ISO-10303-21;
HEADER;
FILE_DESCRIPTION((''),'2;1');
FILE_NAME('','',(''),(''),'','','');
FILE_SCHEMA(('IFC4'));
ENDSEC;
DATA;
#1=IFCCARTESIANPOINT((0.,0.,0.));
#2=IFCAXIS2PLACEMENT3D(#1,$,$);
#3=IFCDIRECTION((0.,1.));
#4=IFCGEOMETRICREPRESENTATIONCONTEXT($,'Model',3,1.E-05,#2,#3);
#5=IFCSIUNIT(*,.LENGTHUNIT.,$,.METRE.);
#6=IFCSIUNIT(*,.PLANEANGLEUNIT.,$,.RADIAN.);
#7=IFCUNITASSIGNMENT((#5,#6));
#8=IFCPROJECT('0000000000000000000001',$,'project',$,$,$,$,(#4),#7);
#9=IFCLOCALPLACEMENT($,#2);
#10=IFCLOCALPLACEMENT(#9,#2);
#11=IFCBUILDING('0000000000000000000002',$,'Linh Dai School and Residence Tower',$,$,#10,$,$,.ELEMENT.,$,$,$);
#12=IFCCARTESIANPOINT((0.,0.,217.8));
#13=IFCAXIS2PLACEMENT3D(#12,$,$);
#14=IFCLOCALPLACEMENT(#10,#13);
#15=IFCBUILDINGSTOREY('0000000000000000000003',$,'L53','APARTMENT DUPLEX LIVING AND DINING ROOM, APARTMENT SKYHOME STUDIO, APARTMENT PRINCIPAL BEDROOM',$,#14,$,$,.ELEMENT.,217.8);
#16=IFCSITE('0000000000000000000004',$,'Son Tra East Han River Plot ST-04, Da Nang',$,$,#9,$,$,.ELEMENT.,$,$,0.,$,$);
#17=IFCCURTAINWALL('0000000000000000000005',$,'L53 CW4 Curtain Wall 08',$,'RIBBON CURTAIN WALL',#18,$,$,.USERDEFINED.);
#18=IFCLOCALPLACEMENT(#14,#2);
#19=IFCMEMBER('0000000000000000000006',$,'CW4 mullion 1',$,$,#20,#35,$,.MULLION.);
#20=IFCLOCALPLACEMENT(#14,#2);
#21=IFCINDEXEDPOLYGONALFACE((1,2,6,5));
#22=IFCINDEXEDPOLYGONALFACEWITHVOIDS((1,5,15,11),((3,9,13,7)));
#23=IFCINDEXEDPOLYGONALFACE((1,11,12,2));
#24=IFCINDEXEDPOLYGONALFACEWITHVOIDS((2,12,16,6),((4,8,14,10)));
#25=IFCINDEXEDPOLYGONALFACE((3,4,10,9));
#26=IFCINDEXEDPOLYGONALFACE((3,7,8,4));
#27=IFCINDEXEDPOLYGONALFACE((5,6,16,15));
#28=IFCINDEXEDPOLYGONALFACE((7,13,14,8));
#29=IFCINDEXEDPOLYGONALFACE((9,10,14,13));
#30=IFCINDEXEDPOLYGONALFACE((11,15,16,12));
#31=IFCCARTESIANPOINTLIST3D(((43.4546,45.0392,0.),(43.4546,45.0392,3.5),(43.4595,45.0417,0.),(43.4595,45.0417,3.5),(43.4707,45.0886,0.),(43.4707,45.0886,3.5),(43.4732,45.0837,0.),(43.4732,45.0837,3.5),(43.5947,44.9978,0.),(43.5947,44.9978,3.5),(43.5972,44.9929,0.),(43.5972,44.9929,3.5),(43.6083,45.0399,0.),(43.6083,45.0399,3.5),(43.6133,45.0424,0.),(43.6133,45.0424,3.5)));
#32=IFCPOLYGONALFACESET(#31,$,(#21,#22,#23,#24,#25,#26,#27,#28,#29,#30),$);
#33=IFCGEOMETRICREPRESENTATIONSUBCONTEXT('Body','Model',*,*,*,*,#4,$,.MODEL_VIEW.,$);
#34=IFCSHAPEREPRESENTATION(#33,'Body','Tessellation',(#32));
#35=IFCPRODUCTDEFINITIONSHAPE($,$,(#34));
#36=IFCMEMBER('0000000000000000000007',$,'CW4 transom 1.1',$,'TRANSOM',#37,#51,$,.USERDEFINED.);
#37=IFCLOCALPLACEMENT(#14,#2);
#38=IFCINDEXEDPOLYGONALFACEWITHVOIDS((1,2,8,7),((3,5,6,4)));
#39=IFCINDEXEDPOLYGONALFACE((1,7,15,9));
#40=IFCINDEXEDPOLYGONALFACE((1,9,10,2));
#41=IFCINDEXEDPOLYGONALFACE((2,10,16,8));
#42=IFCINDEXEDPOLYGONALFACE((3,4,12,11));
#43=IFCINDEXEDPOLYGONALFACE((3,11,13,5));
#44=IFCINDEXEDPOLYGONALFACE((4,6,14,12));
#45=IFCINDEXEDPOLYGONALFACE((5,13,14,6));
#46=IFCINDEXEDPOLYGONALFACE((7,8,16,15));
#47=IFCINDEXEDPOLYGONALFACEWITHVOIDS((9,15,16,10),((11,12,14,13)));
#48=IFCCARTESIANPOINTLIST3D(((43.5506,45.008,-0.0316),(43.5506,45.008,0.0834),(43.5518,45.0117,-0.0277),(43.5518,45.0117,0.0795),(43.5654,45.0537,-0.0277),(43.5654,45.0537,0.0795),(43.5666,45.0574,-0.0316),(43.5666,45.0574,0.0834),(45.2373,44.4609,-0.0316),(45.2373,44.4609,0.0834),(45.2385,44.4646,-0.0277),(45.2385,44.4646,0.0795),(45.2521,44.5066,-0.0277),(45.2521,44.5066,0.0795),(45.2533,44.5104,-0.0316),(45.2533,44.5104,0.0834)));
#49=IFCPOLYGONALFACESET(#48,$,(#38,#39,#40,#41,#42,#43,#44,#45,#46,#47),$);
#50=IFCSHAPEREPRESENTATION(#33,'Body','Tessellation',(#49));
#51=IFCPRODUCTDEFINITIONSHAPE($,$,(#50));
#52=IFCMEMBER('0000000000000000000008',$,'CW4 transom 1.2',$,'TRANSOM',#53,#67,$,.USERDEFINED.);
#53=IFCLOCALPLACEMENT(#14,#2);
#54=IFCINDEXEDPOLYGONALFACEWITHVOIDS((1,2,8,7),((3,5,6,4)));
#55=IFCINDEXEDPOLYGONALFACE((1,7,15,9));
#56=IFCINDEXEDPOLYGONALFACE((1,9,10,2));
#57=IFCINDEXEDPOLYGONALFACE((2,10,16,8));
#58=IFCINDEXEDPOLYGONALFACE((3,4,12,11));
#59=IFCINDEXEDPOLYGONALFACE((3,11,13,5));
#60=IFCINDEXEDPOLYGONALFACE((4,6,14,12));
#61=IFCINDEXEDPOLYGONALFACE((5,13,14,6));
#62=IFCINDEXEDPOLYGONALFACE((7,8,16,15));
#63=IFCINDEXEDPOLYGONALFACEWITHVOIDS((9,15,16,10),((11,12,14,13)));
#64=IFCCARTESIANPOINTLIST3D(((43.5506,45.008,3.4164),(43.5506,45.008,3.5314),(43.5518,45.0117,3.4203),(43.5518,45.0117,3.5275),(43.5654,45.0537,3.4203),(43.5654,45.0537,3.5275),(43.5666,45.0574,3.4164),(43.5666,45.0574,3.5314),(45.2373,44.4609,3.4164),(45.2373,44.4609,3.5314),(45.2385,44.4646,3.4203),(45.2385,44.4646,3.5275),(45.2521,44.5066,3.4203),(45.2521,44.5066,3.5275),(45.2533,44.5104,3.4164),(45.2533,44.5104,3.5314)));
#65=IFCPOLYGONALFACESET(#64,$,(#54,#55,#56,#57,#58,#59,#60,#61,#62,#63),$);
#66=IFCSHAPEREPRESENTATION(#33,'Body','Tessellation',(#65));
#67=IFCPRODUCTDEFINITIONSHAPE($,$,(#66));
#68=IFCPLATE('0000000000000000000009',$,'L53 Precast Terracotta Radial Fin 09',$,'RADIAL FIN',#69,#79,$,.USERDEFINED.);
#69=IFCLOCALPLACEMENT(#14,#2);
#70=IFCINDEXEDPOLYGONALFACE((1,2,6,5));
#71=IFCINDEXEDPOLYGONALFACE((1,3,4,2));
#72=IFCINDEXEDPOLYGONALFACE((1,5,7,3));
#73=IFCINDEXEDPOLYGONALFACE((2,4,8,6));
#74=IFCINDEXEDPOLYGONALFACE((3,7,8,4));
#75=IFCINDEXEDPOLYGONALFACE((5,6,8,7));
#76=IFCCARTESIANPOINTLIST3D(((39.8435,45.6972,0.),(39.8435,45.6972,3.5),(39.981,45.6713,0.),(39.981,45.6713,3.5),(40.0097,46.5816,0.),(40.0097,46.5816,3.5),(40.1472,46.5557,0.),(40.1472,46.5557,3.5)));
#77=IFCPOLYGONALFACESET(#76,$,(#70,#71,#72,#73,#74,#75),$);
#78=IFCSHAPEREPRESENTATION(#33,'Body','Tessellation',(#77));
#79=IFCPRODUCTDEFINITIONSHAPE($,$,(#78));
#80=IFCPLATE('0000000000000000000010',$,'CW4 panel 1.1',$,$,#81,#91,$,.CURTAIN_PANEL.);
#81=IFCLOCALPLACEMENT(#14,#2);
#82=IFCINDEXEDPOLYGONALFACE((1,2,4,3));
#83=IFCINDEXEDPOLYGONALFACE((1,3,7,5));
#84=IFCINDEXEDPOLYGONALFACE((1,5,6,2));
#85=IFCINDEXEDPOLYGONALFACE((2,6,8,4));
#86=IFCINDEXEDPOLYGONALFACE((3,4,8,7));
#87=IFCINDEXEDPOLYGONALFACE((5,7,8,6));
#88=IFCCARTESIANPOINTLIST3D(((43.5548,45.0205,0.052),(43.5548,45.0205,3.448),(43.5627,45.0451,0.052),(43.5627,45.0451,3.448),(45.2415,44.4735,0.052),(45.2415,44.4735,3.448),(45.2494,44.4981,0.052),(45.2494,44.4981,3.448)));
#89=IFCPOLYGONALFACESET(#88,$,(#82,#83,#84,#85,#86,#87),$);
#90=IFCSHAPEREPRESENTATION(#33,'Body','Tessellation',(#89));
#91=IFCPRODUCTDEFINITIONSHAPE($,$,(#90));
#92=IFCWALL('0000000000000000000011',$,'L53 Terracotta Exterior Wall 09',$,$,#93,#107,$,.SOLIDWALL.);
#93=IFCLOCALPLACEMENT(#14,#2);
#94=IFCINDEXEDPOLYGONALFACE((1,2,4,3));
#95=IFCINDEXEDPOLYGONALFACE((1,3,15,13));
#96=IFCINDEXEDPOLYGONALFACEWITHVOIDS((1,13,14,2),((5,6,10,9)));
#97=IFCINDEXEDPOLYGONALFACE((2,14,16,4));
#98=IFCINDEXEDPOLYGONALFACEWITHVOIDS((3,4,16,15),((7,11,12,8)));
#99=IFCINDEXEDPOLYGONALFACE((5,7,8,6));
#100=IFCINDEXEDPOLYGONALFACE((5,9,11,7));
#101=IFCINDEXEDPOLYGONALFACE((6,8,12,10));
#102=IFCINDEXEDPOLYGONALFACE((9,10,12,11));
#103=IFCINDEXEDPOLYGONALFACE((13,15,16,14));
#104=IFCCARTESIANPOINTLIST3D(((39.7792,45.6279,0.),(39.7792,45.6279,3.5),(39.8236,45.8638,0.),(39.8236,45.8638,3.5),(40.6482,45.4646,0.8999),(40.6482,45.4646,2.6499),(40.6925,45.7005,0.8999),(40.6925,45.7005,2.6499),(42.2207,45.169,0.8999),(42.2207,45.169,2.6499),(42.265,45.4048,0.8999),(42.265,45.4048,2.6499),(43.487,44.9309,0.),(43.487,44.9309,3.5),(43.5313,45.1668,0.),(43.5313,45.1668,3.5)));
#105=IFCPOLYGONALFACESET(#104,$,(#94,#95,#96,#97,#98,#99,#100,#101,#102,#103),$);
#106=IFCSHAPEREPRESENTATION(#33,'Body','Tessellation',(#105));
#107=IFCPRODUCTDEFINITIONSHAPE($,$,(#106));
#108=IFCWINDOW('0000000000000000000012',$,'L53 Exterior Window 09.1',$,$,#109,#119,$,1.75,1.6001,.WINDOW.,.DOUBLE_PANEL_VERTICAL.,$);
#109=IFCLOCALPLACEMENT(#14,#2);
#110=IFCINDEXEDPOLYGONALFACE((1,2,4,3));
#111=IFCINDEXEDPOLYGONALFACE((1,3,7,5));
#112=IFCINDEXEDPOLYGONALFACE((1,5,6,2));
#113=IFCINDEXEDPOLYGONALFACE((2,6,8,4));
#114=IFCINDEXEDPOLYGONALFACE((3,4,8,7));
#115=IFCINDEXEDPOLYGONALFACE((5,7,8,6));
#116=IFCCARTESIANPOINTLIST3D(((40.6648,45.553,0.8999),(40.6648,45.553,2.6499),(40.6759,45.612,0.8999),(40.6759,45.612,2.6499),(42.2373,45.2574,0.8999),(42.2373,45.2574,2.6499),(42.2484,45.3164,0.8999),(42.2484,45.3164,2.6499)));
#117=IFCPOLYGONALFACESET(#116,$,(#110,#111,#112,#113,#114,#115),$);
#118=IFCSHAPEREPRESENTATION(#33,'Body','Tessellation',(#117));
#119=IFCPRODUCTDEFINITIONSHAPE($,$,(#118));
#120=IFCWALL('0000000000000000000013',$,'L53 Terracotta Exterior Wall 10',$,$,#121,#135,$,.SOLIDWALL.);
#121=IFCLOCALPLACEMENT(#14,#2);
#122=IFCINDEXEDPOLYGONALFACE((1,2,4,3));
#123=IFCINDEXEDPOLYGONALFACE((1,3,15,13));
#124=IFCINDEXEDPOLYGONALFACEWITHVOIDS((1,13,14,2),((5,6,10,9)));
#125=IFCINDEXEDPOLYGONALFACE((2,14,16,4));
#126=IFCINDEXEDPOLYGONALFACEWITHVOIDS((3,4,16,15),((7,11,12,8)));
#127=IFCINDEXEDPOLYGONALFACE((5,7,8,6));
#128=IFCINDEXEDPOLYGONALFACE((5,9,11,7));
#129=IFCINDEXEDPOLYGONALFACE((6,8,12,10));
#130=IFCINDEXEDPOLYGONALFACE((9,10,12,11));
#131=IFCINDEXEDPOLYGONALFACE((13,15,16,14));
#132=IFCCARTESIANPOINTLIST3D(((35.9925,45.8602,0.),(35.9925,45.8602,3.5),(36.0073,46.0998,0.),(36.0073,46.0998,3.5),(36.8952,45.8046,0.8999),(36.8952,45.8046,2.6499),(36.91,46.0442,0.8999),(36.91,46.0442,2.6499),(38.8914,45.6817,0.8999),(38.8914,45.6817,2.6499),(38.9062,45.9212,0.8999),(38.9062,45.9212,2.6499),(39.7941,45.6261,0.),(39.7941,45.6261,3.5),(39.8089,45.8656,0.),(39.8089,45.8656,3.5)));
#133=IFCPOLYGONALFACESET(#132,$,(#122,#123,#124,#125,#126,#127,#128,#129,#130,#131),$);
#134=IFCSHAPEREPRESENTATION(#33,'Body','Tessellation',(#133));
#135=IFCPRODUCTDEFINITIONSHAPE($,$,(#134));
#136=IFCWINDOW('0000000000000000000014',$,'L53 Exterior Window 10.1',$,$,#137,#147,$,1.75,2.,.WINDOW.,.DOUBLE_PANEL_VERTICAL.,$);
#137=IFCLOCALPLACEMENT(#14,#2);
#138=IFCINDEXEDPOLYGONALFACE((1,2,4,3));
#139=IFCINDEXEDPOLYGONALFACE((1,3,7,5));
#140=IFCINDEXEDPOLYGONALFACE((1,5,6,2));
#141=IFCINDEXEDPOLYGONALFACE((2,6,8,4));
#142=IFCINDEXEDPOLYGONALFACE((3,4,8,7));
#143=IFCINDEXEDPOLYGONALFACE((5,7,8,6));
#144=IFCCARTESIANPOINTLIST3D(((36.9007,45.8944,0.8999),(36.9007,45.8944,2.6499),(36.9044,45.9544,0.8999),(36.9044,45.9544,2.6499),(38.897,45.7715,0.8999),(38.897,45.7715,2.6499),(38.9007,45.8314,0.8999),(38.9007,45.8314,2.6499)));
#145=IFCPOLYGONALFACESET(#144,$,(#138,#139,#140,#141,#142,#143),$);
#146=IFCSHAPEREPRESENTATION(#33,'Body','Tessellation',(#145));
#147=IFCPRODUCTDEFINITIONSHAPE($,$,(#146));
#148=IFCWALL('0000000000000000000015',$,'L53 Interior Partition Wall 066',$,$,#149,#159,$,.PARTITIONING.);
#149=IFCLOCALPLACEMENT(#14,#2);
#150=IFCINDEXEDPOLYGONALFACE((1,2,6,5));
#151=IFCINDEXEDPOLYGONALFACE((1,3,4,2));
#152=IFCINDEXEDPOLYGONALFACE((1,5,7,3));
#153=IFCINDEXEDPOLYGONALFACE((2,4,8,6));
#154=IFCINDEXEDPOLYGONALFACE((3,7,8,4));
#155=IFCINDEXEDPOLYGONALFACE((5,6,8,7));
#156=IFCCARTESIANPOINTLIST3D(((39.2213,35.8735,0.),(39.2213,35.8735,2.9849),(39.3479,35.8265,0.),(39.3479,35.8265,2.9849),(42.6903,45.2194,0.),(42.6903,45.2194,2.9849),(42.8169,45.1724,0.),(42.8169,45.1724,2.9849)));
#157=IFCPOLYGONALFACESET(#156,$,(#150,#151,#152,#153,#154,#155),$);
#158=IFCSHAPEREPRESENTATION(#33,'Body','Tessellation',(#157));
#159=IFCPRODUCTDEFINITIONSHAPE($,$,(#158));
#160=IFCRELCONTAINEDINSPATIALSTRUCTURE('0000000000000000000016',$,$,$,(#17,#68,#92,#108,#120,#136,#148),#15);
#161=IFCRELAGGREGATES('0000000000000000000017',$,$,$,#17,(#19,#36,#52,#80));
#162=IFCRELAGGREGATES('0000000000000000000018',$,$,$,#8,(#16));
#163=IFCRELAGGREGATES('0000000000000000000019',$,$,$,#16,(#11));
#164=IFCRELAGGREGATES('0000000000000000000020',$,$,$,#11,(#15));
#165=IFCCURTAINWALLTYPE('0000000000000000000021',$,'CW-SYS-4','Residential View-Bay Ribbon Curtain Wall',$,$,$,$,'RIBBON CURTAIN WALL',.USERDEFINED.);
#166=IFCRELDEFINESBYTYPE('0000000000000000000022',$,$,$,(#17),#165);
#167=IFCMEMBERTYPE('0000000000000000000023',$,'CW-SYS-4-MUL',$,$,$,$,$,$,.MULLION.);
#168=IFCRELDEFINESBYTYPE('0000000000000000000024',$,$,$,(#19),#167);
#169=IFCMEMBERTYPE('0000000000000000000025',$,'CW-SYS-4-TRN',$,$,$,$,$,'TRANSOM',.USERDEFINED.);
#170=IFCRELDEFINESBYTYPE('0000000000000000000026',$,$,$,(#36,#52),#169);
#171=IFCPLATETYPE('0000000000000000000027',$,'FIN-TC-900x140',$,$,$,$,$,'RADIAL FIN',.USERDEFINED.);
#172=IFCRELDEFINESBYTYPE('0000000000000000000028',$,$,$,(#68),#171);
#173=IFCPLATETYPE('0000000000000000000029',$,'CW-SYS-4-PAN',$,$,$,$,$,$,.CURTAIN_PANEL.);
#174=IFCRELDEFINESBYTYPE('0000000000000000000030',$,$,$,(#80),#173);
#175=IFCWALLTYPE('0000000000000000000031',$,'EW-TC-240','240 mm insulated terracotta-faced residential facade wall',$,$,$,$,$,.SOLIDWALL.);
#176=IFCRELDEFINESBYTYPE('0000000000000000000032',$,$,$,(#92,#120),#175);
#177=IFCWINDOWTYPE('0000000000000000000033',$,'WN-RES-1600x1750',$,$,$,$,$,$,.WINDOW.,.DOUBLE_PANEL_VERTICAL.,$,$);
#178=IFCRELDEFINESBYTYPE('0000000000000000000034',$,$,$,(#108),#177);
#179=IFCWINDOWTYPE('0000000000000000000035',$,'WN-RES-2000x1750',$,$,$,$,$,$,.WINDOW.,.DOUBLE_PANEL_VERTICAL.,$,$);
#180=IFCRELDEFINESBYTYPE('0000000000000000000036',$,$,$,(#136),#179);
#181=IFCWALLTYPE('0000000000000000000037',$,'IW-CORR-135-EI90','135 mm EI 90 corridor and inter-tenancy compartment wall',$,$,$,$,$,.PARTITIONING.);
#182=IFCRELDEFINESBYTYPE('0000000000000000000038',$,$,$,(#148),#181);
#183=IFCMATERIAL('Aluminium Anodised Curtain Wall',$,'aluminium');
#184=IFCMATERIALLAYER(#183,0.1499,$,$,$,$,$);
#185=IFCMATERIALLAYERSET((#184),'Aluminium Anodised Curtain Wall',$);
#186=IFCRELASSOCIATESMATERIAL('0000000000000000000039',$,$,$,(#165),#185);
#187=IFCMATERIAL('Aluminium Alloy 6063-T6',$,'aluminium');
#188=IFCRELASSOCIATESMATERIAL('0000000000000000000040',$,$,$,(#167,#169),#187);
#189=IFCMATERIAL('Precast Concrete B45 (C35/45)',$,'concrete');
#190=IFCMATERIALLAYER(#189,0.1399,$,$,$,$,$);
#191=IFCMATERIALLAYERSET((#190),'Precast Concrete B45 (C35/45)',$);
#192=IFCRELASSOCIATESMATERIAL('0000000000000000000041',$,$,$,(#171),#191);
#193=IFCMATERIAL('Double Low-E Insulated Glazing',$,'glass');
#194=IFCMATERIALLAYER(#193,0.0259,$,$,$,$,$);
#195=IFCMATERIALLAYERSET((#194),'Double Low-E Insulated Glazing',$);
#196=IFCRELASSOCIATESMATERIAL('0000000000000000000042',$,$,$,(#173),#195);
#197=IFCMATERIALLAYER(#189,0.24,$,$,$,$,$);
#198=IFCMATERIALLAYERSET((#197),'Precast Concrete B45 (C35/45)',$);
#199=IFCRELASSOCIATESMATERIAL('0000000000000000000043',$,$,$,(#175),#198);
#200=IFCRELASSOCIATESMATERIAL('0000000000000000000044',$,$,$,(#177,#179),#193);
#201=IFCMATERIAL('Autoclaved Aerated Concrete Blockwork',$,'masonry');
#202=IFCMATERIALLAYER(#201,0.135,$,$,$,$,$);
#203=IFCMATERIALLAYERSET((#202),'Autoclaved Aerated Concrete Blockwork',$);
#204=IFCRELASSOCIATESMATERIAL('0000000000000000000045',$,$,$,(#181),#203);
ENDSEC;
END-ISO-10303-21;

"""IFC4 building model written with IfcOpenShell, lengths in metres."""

from ifc_helpers import new_model, si_unit, direction, frame, frame_2d, origin, origin_2d, place, context, subcontext, project, spatial, rectangle, hollow_rectangle, extrude, source, transform, mapped, material, layer, layer_set, material_profile, profile_set, type_object, element, fill, aggregate, save


model = new_model("IFC4")

# Units and contexts
model_context = context("Model", 3, precision=1e-05, world=origin(), true_north=direction((0.0, 1.0)))
body_context = subcontext(model_context, "Body", "Model", "MODEL_VIEW")
ifc_project = project(units=[si_unit("LENGTHUNIT", "METRE"), si_unit("PLANEANGLEUNIT", "RADIAN")], contexts=[model_context])

# Site, building, storey
site_placement = place(None, origin())
site = spatial("IfcSite", under=ifc_project, at=site_placement, Name="Son Tra East Han River Plot ST-04, Da Nang", CompositionType="ELEMENT", RefElevation=0.0)
building_placement = place(site_placement, origin())
building = spatial("IfcBuilding", under=site, at=building_placement, Name="Linh Dai School and Residence Tower", CompositionType="ELEMENT")
storey_placement = place(building_placement, frame((0.0, 0.0, 217.8)))
storey = spatial("IfcBuildingStorey", under=building, at=storey_placement, Name="L53", Description="APARTMENT DUPLEX LIVING AND DINING ROOM, APARTMENT SKYHOME STUDIO, APARTMENT PRINCIPAL BEDROOM", CompositionType="ELEMENT", Elevation=217.8)

# Curtain wall, members
ifc_material_1 = material(Name="Aluminium Anodised Curtain Wall", Category="aluminium")
ifc_layer_1 = layer(ifc_material_1, 0.1499)
ifc_layer_set_1 = layer_set([ifc_layer_1], Name="Aluminium Anodised Curtain Wall")
curtain_wall_type = type_object("IfcCurtainWallType", Name="CW-SYS-4", Description="Residential View-Bay Ribbon Curtain Wall", ElementType="RIBBON CURTAIN WALL", PredefinedType="USERDEFINED", material=ifc_layer_set_1)
curtain_wall_placement = place(storey_placement, origin())
curtain_wall = element("IfcCurtainWall", 1, at=curtain_wall_placement, inside=storey, type_object=curtain_wall_type, Name="L53 CW4 Curtain Wall 08", ObjectType="RIBBON CURTAIN WALL", PredefinedType="USERDEFINED")
ifc_material_2 = material(Name="Aluminium Alloy 6063-T6", Category="aluminium")
ifc_material_profile_1 = material_profile(ifc_material_2, hollow_rectangle(XDim=0.052, YDim=0.1499, WallThickness=0.0039, at=origin_2d()), Name="RHS 150x52x4")
ifc_profile_set_1 = profile_set([ifc_material_profile_1], Name="Aluminium Alloy 6063-T6")
member_type_1 = type_object("IfcMemberType", Name="CW-SYS-4-MUL", PredefinedType="MULLION", material=ifc_profile_set_1)
shared_shape_1 = source(origin(), body_context, "Body", "SweptSolid", [
    extrude(hollow_rectangle(XDim=0.052, YDim=0.1499, WallThickness=0.0039, at=origin_2d()), origin(), (0.0, 0.0, 1.0), 3.5),
])
member_1_placement = place(storey_placement, frame((43.5339, 45.0408, 0.0), z_axis=(0.0, 0.0, 1.0), x_axis=(0.308501, 0.951224, 0.0)))
member_1 = element("IfcMember", 2, at=member_1_placement, type_object=member_type_1, Name="CW4 mullion 1", PredefinedType="MULLION", context=body_context, shape_type="MappedRepresentation", body=[
    mapped(shared_shape_1, transform((0.0, 0.0, 0.0), x_axis=(1.0, 0.0, 0.0), y_axis=(0.0, 1.0, 0.0), z_axis=(0.0, 0.0, 1.0), scale=1.0)),
])
ifc_material_profile_2 = material_profile(ifc_material_2, hollow_rectangle(XDim=0.052, YDim=0.115, WallThickness=0.0039, at=origin_2d()), Name="RHS 115x52x4")
ifc_profile_set_2 = profile_set([ifc_material_profile_2], Name="Aluminium Alloy 6063-T6")
member_type_2 = type_object("IfcMemberType", Name="CW-SYS-4-TRN", ElementType="TRANSOM", PredefinedType="USERDEFINED", material=ifc_profile_set_2)
shared_shape_2 = source(origin(), body_context, "Body", "SweptSolid", [
    extrude(hollow_rectangle(XDim=0.052, YDim=0.115, WallThickness=0.0039, at=origin_2d()), origin(), (0.0, 0.0, 1.0), 1.7732),
])
member_2_placement = place(storey_placement, frame((43.5586, 45.0327, 0.0259), z_axis=(0.951213, -0.308535, 0.0), x_axis=(0.308535, 0.951213, 0.0)))
member_2 = element("IfcMember", 3, at=member_2_placement, type_object=member_type_2, Name="CW4 transom 1.1", ObjectType="TRANSOM", PredefinedType="USERDEFINED", context=body_context, shape_type="MappedRepresentation", body=[
    mapped(shared_shape_2, transform((0.0, 0.0, 0.0), x_axis=(1.0, 0.0, 0.0), y_axis=(0.0, 1.0, 0.0), z_axis=(0.0, 0.0, 1.0), scale=1.0)),
])
member_3_placement = place(storey_placement, frame((43.5586, 45.0327, 3.4739), z_axis=(0.951213, -0.308535, 0.0), x_axis=(0.308535, 0.951213, 0.0)))
member_3 = element("IfcMember", 4, at=member_3_placement, type_object=member_type_2, Name="CW4 transom 1.2", ObjectType="TRANSOM", PredefinedType="USERDEFINED", context=body_context, shape_type="MappedRepresentation", body=[
    mapped(shared_shape_2, transform((0.0, 0.0, 0.0), x_axis=(1.0, 0.0, 0.0), y_axis=(0.0, 1.0, 0.0), z_axis=(0.0, 0.0, 1.0), scale=1.0)),
])

# Plates
ifc_material_3 = material(Name="Precast Concrete B45 (C35/45)", Category="concrete")
ifc_layer_2 = layer(ifc_material_3, 0.1399)
ifc_layer_set_2 = layer_set([ifc_layer_2], Name="Precast Concrete B45 (C35/45)")
plate_type_1 = type_object("IfcPlateType", Name="FIN-TC-900x140", ElementType="RADIAL FIN", PredefinedType="USERDEFINED", material=ifc_layer_set_2)
shared_shape_3 = source(origin(), body_context, "Body", "SweptSolid", [
    extrude(rectangle(XDim=0.8999, YDim=0.1399, at=origin_2d()), origin(), (0.0, 0.0, 1.0), 3.5),
])
plate_1_placement = place(storey_placement, frame((39.9954, 46.1265, 0.0), z_axis=(0.0, 0.0, 1.0), x_axis=(0.184744, 0.982787, 0.0)))
element("IfcPlate", 5, at=plate_1_placement, inside=storey, type_object=plate_type_1, Name="L53 Precast Terracotta Radial Fin 09", ObjectType="RADIAL FIN", PredefinedType="USERDEFINED", context=body_context, shape_type="MappedRepresentation", body=[
    mapped(shared_shape_3, transform((0.0, 0.0, 0.0), x_axis=(1.0, 0.0, 0.0), y_axis=(0.0, 1.0, 0.0), z_axis=(0.0, 0.0, 1.0), scale=1.0)),
])
ifc_material_4 = material(Name="Double Low-E Insulated Glazing", Category="glass")
ifc_layer_3 = layer(ifc_material_4, 0.0259)
ifc_layer_set_3 = layer_set([ifc_layer_3], Name="Double Low-E Insulated Glazing")
plate_type_2 = type_object("IfcPlateType", Name="CW-SYS-4-PAN", PredefinedType="CURTAIN_PANEL", material=ifc_layer_set_3)
shared_shape_4 = source(origin(), body_context, "Body", "SweptSolid", [
    extrude(rectangle(XDim=1.7732, YDim=0.0259, at=origin_2d()), origin(), (0.0, 0.0, 1.0), 3.396),
])
plate_2_placement = place(storey_placement, frame((44.4021, 44.7593, 0.052), z_axis=(0.0, 0.0, 1.0), x_axis=(0.951224, -0.308501, 0.0)))
plate_2 = element("IfcPlate", 6, at=plate_2_placement, type_object=plate_type_2, Name="CW4 panel 1.1", PredefinedType="CURTAIN_PANEL", context=body_context, shape_type="MappedRepresentation", body=[
    mapped(shared_shape_4, transform((0.0, 0.0, 0.0), x_axis=(1.0, 0.0, 0.0), y_axis=(0.0, 1.0, 0.0), z_axis=(0.0, 0.0, 1.0), scale=1.0)),
])
aggregate(curtain_wall, [member_1, member_2, member_3, plate_2])

# Walls, openings, windows
ifc_layer_4 = layer(ifc_material_3, 0.24)
ifc_layer_set_4 = layer_set([ifc_layer_4], Name="Precast Concrete B45 (C35/45)")
wall_type_1 = type_object("IfcWallType", Name="EW-TC-240", Description="240 mm insulated terracotta-faced residential facade wall", PredefinedType="SOLIDWALL", material=ifc_layer_set_4)
wall_1_placement = place(storey_placement, frame((39.8015, 45.7458, 0.0), z_axis=(0.0, 0.0, 1.0), x_axis=(0.982785, -0.184753, 0.0)))
wall_1 = element("IfcWall", 7, at=wall_1_placement, inside=storey, type_object=wall_type_1, Name="L53 Terracotta Exterior Wall 09", PredefinedType="SOLIDWALL", context=body_context, shape_type="SweptSolid", body=[
    extrude(rectangle(XDim=3.7727, YDim=0.24, at=frame_2d((1.8862, 0.0))), origin(), (0.0, 0.0, 1.0), 3.5),
])
opening_1_placement = place(wall_1_placement, frame((0.884, 0.0, 0.8999)))
opening_1 = element("IfcOpeningElement", 8, at=opening_1_placement, cuts=wall_1, PredefinedType="OPENING", context=body_context, shape_type="SweptSolid", body=[
    extrude(rectangle(XDim=1.6001, YDim=1.75, at=origin_2d()), frame((0.8, 0.1299, 0.875), z_axis=(0.0, -1.0, 0.0), x_axis=(1.0, 0.0, 0.0)), (0.0, 0.0, 1.0), 0.26),
])
window_type_1 = type_object("IfcWindowType", Name="WN-RES-1600x1750", PartitioningType="DOUBLE_PANEL_VERTICAL", PredefinedType="WINDOW", material=ifc_material_4)
shared_shape_5 = source(origin(), body_context, "Body", "SweptSolid", [
    extrude(rectangle(XDim=1.6001, YDim=1.75, at=origin_2d()), frame((0.8, 0.03, 0.875), z_axis=(0.0, -1.0, 0.0), x_axis=(1.0, 0.0, 0.0)), (0.0, 0.0, 1.0), 0.0601),
])
window_1_placement = place(opening_1_placement, origin())
window_1 = element("IfcWindow", 9, at=window_1_placement, inside=storey, type_object=window_type_1, Name="L53 Exterior Window 09.1", OverallHeight=1.75, OverallWidth=1.6001, PartitioningType="DOUBLE_PANEL_VERTICAL", PredefinedType="WINDOW", context=body_context, shape_type="MappedRepresentation", body=[
    mapped(shared_shape_5, transform((0.0, 0.0, 0.0), x_axis=(1.0, 0.0, 0.0), y_axis=(0.0, 1.0, 0.0), z_axis=(0.0, 0.0, 1.0), scale=1.0)),
])
fill(opening_1, window_1)
wall_2_placement = place(storey_placement, frame((36.0, 45.98, 0.0), z_axis=(0.0, 0.0, 1.0), x_axis=(0.998109, -0.061472, 0.0)))
wall_2 = element("IfcWall", 10, at=wall_2_placement, inside=storey, type_object=wall_type_1, Name="L53 Terracotta Exterior Wall 10", PredefinedType="SOLIDWALL", context=body_context, shape_type="SweptSolid", body=[
    extrude(rectangle(XDim=3.8088, YDim=0.24, at=frame_2d((1.9043, 0.0))), origin(), (0.0, 0.0, 1.0), 3.5),
])
opening_2_placement = place(wall_2_placement, frame((0.9043, 0.0, 0.8999)))
opening_2 = element("IfcOpeningElement", 11, at=opening_2_placement, cuts=wall_2, PredefinedType="OPENING", context=body_context, shape_type="SweptSolid", body=[
    extrude(rectangle(XDim=2.0, YDim=1.75, at=origin_2d()), frame((1.0, 0.1299, 0.875), z_axis=(0.0, -1.0, 0.0), x_axis=(1.0, 0.0, 0.0)), (0.0, 0.0, 1.0), 0.26),
])
window_type_2 = type_object("IfcWindowType", Name="WN-RES-2000x1750", PartitioningType="DOUBLE_PANEL_VERTICAL", PredefinedType="WINDOW", material=ifc_material_4)
shared_shape_6 = source(origin(), body_context, "Body", "SweptSolid", [
    extrude(rectangle(XDim=2.0, YDim=1.75, at=origin_2d()), frame((1.0, 0.03, 0.875), z_axis=(0.0, -1.0, 0.0), x_axis=(1.0, 0.0, 0.0)), (0.0, 0.0, 1.0), 0.0601),
])
window_2_placement = place(opening_2_placement, origin())
window_2 = element("IfcWindow", 12, at=window_2_placement, inside=storey, type_object=window_type_2, Name="L53 Exterior Window 10.1", OverallHeight=1.75, OverallWidth=2.0, PartitioningType="DOUBLE_PANEL_VERTICAL", PredefinedType="WINDOW", context=body_context, shape_type="MappedRepresentation", body=[
    mapped(shared_shape_6, transform((0.0, 0.0, 0.0), x_axis=(1.0, 0.0, 0.0), y_axis=(0.0, 1.0, 0.0), z_axis=(0.0, 0.0, 1.0), scale=1.0)),
])
fill(opening_2, window_2)

# Wall
ifc_material_5 = material(Name="Autoclaved Aerated Concrete Blockwork", Category="masonry")
ifc_layer_5 = layer(ifc_material_5, 0.135)
ifc_layer_set_5 = layer_set([ifc_layer_5], Name="Autoclaved Aerated Concrete Blockwork")
wall_type_2 = type_object("IfcWallType", Name="IW-CORR-135-EI90", Description="135 mm EI 90 corridor and inter-tenancy compartment wall", PredefinedType="PARTITIONING", material=ifc_layer_set_5)
wall_3_placement = place(storey_placement, frame((39.2847, 35.8501, 0.0), z_axis=(0.0, 0.0, 1.0), x_axis=(0.347979, 0.937502, 0.0)))
element("IfcWall", 13, at=wall_3_placement, inside=storey, type_object=wall_type_2, Name="L53 Interior Partition Wall 066", PredefinedType="PARTITIONING", context=body_context, shape_type="SweptSolid", body=[
    extrude(rectangle(XDim=9.969, YDim=0.135, at=frame_2d((4.9844, 0.0))), origin(), (0.0, 0.0, 1.0), 2.9849),
])

save(model, "model.ifc")
